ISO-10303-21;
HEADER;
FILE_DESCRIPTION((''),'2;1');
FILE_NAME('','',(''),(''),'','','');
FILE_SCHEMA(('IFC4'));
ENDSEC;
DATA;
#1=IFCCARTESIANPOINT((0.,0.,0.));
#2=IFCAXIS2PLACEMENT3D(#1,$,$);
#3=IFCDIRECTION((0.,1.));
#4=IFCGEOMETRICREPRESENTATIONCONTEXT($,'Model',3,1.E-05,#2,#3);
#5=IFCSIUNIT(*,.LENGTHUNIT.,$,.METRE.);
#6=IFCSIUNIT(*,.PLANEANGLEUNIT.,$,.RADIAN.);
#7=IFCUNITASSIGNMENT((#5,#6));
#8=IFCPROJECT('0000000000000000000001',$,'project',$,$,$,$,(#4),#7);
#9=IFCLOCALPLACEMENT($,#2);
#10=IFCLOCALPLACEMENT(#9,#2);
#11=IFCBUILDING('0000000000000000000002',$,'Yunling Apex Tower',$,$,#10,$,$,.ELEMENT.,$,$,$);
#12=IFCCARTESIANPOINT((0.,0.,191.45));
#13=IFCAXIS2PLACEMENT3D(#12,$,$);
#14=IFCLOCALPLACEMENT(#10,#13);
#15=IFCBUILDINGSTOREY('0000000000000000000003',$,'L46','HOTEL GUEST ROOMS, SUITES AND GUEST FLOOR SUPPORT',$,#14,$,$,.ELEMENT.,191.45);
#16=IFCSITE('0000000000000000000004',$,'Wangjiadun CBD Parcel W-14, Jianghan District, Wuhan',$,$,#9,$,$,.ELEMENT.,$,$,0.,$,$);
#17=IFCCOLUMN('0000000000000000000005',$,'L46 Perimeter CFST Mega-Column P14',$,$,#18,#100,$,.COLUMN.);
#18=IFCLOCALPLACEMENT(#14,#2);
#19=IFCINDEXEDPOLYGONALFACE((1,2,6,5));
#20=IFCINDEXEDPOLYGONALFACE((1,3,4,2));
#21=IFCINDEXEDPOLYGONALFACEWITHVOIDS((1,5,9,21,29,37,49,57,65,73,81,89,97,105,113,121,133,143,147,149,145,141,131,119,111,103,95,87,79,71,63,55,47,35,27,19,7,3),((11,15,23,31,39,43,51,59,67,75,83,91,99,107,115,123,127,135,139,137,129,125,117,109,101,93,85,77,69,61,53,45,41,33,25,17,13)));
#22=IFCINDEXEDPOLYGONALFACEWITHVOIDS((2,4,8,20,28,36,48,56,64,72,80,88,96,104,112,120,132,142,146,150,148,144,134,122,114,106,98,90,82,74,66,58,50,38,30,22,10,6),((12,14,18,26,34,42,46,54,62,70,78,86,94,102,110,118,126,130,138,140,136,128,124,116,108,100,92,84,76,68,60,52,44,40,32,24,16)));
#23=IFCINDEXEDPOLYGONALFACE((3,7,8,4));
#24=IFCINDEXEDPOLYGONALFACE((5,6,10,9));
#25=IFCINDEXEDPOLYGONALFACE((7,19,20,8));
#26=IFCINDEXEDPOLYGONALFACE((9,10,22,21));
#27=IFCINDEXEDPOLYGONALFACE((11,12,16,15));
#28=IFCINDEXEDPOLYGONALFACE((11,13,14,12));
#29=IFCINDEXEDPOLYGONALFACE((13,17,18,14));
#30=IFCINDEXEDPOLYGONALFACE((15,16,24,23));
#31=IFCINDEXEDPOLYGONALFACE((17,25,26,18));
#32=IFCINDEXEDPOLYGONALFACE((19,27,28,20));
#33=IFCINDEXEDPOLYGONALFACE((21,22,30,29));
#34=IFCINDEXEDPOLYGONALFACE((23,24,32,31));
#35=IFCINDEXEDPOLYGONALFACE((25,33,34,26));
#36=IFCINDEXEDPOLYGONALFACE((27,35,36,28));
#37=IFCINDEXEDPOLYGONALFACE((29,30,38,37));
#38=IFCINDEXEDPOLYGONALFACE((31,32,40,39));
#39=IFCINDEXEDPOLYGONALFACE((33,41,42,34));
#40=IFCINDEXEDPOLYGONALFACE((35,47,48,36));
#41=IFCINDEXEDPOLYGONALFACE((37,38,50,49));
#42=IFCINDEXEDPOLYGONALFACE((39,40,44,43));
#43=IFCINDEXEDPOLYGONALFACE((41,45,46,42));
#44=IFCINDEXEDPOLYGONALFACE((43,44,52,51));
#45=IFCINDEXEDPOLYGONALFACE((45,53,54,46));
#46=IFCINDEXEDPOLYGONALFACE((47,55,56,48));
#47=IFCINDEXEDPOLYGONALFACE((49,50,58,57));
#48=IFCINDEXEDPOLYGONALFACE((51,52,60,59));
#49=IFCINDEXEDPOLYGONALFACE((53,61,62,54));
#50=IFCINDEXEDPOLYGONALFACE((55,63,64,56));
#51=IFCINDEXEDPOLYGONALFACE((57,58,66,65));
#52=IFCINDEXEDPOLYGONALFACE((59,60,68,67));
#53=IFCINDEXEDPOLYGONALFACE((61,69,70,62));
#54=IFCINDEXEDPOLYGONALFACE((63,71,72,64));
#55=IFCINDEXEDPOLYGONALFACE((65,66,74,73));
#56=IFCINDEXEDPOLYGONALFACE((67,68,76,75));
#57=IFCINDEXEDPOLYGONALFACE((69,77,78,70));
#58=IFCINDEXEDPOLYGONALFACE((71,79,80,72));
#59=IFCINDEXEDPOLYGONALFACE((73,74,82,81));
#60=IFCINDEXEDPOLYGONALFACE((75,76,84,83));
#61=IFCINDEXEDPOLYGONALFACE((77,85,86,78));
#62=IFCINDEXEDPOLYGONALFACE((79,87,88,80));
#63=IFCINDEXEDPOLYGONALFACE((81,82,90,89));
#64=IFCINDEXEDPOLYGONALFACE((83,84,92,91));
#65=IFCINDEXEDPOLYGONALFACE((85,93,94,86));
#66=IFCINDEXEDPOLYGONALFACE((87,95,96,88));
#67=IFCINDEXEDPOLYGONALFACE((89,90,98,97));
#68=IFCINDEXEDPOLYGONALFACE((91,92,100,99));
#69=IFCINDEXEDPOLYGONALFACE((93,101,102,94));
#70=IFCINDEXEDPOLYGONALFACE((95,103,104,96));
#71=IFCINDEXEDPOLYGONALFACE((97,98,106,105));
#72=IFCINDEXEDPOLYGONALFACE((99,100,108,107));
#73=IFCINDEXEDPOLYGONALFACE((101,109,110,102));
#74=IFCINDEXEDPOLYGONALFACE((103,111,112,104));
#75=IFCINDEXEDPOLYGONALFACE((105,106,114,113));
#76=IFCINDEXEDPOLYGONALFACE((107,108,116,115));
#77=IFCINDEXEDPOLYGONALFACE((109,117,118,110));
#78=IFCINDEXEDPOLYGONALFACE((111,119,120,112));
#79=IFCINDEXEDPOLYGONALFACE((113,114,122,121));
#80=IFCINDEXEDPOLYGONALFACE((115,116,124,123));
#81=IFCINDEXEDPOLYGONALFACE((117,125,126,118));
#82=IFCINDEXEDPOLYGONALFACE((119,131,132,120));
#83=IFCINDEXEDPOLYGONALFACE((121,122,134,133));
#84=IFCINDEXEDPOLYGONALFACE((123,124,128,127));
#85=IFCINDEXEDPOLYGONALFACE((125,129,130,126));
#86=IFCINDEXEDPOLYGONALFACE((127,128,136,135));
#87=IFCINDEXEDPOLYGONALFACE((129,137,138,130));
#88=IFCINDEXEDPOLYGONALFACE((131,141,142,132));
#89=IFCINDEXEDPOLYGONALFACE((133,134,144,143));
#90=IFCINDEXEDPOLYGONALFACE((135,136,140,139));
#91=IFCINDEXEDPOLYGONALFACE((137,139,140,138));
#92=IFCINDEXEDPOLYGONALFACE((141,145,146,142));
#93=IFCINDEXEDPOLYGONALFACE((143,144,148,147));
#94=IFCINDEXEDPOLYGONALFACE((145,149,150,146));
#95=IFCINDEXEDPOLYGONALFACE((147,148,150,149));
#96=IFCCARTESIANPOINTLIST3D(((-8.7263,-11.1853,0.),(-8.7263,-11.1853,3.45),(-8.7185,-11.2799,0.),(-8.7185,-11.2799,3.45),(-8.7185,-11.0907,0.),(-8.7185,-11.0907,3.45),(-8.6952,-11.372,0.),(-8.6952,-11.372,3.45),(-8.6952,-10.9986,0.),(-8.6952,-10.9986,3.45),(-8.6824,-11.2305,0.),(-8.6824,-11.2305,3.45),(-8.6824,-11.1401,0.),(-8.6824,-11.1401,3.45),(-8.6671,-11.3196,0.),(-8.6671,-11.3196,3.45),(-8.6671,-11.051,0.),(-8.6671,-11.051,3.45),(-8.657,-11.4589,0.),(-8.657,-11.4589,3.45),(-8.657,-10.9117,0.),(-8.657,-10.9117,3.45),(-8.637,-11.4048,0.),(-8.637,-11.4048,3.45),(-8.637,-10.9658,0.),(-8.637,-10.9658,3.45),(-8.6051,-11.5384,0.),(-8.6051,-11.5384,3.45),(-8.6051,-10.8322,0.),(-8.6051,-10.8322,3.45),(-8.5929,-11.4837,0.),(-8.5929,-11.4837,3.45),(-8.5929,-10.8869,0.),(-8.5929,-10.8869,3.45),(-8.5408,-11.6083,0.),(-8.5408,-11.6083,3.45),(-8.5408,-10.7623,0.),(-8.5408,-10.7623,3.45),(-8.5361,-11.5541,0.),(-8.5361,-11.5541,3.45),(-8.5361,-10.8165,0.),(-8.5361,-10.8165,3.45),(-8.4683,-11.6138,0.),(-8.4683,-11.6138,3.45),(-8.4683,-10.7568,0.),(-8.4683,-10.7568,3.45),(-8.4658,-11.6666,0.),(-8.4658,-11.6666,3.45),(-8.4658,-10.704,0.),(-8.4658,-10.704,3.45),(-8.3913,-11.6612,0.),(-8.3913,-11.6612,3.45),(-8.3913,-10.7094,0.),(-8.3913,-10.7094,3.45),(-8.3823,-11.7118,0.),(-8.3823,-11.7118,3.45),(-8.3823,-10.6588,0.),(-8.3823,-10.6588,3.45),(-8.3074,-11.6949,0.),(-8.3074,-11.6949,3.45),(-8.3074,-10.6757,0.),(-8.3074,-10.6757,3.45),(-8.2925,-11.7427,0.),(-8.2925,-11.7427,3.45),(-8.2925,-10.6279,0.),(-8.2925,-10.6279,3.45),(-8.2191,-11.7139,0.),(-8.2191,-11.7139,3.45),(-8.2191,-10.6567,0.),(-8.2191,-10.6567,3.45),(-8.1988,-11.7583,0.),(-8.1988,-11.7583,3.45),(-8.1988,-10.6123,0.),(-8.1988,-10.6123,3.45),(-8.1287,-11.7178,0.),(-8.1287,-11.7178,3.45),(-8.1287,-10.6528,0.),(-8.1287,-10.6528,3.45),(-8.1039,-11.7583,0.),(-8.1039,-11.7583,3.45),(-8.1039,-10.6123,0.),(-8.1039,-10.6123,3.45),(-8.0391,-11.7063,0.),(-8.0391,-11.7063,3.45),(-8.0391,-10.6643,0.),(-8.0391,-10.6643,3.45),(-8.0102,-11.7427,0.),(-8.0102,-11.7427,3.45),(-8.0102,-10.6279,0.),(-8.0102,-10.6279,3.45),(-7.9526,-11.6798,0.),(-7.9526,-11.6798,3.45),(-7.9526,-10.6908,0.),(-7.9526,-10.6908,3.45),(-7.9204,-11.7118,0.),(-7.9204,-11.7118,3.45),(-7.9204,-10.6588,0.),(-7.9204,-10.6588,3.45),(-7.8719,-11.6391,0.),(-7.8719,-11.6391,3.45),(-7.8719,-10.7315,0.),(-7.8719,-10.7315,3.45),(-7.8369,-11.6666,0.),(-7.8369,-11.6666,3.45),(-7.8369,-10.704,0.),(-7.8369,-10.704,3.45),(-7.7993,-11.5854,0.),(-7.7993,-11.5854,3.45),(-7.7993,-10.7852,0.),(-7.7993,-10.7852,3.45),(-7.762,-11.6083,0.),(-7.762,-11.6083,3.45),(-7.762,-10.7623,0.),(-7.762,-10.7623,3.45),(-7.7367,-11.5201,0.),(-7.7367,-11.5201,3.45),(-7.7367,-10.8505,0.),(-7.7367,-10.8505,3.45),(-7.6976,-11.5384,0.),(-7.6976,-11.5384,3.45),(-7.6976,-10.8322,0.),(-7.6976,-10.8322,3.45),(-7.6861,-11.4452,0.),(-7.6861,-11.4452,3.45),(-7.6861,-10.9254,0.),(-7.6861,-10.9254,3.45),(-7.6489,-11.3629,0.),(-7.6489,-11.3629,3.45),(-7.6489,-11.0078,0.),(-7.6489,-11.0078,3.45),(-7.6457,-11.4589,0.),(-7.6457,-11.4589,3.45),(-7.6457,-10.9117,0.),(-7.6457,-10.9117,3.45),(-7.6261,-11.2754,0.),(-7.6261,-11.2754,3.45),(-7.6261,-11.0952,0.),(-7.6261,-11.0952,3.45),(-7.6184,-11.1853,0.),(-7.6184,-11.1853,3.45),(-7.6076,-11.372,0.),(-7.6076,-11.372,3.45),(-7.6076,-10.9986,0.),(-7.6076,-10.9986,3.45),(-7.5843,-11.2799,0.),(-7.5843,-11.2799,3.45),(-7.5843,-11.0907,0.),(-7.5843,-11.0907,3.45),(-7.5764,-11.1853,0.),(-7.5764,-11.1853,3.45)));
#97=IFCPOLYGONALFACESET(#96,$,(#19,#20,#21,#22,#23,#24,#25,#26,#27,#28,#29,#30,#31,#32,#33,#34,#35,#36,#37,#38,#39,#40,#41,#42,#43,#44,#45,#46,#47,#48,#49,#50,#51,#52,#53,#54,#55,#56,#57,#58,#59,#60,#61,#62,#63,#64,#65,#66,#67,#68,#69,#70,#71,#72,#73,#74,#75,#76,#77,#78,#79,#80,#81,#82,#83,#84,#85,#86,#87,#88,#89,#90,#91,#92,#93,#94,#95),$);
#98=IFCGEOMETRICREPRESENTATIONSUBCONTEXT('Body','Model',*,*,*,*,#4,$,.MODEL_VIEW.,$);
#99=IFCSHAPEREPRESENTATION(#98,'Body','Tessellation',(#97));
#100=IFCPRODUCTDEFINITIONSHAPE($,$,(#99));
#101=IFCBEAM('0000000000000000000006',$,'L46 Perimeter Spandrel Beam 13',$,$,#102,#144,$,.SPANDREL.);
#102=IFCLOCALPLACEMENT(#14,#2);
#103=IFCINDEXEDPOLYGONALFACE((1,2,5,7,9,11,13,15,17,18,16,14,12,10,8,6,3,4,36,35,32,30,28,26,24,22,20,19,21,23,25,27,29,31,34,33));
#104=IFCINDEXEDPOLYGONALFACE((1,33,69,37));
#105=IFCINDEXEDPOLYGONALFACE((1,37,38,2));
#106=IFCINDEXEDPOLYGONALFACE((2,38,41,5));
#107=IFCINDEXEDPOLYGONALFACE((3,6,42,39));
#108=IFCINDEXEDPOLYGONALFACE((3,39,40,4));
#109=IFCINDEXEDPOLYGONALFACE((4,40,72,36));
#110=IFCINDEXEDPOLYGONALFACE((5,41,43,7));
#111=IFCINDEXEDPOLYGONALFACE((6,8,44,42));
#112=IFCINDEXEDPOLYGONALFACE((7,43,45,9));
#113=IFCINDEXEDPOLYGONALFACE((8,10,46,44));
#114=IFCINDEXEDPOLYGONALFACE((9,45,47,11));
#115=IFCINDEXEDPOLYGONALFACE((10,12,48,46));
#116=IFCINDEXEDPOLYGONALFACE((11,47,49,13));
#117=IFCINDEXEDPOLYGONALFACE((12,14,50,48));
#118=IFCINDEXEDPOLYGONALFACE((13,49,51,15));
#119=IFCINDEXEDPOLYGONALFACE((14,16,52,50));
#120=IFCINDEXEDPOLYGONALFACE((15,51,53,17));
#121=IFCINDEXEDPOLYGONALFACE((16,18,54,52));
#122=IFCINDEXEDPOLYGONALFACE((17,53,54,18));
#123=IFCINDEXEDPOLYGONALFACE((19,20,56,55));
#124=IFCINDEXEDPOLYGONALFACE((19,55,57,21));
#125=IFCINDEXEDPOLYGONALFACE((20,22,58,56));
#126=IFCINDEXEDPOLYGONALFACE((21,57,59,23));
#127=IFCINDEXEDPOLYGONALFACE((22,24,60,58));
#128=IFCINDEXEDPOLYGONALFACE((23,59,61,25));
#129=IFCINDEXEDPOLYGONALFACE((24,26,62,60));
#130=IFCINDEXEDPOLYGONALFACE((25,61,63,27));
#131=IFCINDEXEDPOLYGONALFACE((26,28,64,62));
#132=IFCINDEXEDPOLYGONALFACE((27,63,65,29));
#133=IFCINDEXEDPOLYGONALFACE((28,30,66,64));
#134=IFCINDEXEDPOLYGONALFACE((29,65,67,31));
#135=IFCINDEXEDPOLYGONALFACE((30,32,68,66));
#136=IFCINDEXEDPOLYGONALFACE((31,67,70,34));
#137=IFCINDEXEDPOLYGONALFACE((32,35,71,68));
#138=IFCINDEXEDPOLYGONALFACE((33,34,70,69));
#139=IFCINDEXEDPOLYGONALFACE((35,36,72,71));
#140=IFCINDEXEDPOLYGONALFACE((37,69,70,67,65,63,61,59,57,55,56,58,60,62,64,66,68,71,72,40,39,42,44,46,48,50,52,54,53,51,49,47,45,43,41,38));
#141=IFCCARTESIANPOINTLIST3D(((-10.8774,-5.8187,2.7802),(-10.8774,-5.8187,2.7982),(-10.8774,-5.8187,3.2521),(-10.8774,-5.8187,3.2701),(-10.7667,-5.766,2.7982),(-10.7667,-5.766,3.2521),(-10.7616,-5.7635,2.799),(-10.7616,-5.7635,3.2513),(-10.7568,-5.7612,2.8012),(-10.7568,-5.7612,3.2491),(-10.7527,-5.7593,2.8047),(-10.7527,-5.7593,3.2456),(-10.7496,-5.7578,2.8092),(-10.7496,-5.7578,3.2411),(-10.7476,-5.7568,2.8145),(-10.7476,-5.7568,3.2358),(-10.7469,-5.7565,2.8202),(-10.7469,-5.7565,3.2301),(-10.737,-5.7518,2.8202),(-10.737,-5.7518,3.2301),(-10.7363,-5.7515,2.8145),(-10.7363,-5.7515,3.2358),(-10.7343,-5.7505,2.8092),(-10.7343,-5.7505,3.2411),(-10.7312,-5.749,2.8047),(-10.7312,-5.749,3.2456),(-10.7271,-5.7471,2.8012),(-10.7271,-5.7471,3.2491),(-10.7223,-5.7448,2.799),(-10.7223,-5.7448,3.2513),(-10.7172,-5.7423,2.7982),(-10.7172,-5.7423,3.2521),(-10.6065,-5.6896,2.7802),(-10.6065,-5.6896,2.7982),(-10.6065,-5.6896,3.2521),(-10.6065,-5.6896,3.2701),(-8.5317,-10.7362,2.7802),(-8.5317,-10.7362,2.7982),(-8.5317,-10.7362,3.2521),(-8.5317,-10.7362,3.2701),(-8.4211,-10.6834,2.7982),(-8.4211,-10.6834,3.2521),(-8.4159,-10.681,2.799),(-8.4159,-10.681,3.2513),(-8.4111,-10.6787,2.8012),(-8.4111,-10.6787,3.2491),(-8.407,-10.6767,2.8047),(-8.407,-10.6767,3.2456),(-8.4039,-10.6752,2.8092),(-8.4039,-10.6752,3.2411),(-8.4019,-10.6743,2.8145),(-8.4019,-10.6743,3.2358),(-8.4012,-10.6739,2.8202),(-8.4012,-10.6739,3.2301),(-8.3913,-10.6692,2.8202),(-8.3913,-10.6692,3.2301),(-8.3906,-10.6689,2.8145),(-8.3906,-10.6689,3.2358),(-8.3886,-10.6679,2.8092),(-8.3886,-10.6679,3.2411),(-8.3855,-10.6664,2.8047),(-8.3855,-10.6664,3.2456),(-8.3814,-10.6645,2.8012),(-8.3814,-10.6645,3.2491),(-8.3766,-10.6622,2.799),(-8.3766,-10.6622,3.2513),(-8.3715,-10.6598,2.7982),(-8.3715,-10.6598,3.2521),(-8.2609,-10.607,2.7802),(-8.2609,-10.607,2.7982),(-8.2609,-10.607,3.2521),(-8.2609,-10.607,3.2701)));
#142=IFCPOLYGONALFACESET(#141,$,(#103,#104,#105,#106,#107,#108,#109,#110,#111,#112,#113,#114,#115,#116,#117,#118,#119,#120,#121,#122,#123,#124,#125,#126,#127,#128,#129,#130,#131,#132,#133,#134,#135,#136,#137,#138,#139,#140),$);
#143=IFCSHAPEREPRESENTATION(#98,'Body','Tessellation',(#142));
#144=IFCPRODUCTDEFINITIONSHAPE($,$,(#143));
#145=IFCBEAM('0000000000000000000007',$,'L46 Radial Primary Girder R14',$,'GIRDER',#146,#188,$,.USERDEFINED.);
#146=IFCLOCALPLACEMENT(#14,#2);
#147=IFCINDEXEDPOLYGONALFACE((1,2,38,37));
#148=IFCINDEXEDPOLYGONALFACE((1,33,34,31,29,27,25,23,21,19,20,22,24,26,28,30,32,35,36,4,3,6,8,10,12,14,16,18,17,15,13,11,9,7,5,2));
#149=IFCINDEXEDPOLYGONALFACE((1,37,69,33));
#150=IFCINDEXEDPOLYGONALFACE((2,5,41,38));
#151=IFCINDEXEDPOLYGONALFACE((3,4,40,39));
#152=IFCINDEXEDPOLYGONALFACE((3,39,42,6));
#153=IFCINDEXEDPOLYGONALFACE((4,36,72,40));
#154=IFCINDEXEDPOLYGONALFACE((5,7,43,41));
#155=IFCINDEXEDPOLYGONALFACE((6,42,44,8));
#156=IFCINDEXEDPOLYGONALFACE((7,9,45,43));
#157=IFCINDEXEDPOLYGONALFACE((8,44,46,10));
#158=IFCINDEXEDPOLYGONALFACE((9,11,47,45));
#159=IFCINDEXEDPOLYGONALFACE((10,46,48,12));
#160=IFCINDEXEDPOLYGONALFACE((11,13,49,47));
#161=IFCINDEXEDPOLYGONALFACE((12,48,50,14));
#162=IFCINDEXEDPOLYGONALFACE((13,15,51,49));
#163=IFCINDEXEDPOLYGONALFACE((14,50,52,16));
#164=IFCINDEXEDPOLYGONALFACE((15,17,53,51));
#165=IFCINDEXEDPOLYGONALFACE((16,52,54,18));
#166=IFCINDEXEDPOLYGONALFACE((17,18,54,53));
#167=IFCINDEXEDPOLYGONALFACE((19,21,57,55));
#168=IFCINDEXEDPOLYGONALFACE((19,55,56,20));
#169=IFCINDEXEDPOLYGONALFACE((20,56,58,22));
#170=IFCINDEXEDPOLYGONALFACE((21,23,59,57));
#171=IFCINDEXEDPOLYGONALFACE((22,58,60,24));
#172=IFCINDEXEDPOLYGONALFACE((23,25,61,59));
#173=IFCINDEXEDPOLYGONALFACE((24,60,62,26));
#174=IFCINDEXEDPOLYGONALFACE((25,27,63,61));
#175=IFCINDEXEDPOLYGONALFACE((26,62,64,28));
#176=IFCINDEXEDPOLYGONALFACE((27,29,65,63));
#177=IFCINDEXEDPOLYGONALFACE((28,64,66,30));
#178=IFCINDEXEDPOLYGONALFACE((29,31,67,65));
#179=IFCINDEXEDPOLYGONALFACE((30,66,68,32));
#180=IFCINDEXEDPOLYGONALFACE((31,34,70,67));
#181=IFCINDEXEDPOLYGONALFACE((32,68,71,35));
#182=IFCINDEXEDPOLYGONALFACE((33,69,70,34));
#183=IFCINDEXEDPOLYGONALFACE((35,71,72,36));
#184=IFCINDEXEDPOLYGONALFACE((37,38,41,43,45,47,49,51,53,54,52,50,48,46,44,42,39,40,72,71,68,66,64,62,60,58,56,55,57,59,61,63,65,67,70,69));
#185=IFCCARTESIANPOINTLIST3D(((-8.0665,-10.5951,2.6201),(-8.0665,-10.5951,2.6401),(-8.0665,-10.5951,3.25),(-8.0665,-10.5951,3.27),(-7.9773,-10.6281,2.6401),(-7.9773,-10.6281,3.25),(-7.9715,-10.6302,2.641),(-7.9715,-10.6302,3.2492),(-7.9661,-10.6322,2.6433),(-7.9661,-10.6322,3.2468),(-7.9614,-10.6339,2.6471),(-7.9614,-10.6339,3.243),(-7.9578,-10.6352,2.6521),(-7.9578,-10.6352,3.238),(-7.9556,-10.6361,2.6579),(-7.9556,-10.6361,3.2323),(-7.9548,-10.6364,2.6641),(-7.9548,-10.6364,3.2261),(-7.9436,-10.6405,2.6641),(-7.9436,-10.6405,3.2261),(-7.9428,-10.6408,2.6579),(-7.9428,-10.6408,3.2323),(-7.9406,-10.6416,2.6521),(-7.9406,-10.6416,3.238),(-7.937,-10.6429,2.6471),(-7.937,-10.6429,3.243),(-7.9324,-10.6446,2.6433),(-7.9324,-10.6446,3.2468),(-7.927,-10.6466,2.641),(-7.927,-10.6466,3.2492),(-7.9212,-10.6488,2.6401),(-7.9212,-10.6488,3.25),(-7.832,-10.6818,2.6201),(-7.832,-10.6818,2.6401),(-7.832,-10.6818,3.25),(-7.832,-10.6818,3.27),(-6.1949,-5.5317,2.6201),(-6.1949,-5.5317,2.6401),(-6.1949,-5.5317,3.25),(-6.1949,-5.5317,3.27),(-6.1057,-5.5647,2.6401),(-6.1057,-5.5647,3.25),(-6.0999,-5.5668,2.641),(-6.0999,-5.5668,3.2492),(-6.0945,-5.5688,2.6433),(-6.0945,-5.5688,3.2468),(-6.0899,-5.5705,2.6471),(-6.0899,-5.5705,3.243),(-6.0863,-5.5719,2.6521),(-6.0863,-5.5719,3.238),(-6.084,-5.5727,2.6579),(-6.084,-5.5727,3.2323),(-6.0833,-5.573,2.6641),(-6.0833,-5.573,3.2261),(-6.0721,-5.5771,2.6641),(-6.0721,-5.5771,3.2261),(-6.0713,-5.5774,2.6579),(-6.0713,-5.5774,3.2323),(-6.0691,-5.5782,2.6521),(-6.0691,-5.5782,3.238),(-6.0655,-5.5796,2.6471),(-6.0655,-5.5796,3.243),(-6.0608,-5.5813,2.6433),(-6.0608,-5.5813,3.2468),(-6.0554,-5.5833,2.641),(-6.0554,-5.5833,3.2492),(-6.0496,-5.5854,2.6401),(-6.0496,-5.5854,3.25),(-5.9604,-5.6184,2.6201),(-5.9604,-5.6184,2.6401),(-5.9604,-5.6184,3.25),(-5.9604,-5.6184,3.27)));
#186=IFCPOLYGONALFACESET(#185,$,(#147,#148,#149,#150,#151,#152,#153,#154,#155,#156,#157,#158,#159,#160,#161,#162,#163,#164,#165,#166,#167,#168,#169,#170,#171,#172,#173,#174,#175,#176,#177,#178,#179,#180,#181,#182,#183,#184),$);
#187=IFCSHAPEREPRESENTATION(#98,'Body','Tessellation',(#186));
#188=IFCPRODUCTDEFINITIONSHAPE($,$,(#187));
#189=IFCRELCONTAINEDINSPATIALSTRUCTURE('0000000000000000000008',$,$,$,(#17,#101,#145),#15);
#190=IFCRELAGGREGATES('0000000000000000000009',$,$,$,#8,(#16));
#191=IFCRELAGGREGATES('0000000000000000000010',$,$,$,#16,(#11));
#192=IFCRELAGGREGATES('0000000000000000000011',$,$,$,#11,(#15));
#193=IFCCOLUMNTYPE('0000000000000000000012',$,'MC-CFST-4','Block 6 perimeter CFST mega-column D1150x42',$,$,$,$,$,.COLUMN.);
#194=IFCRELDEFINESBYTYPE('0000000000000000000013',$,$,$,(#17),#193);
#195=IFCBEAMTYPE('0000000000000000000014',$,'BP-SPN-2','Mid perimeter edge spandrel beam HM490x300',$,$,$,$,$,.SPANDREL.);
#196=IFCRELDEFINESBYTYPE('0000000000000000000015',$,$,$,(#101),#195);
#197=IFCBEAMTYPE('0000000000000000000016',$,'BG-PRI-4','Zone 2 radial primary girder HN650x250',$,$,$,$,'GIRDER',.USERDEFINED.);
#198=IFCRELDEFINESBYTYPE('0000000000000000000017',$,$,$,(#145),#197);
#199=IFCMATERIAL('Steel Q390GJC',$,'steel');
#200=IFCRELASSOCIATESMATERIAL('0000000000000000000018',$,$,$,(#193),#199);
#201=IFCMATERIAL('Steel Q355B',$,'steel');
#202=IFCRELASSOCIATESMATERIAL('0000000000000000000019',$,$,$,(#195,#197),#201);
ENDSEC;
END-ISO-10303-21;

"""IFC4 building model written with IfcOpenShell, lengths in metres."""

from ifc_helpers import new_model, si_unit, direction, frame, origin, origin_2d, place, context, subcontext, project, spatial, hollow_circle, i_section, extrude, source, transform, mapped, material, material_profile, profile_set, type_object, element, save


model = new_model("IFC4")

# Units and contexts
model_context = context("Model", 3, precision=1e-05, world=origin(), true_north=direction((0.0, 1.0)))
body_context = subcontext(model_context, "Body", "Model", "MODEL_VIEW")
ifc_project = project(units=[si_unit("LENGTHUNIT", "METRE"), si_unit("PLANEANGLEUNIT", "RADIAN")], contexts=[model_context])

# Site, building, storey
site_placement = place(None, origin())
site = spatial("IfcSite", under=ifc_project, at=site_placement, Name="Wangjiadun CBD Parcel W-14, Jianghan District, Wuhan", CompositionType="ELEMENT", RefElevation=0.0)
building_placement = place(site_placement, origin())
building = spatial("IfcBuilding", under=site, at=building_placement, Name="Yunling Apex Tower", CompositionType="ELEMENT")
storey_placement = place(building_placement, frame((0.0, 0.0, 191.45)))
storey = spatial("IfcBuildingStorey", under=building, at=storey_placement, Name="L46", Description="HOTEL GUEST ROOMS, SUITES AND GUEST FLOOR SUPPORT", CompositionType="ELEMENT", Elevation=191.45)

# Column
ifc_material_1 = material(Name="Steel Q390GJC", Category="steel")
ifc_material_profile_1 = material_profile(ifc_material_1, hollow_circle(Radius=0.575, WallThickness=0.042, at=origin_2d()))
ifc_profile_set_1 = profile_set([ifc_material_profile_1], Name="Steel Q390GJC")
column_type = type_object("IfcColumnType", Name="MC-CFST-4", Description="Block 6 perimeter CFST mega-column D1150x42", PredefinedType="COLUMN", material=ifc_profile_set_1)
shared_shape_1 = source(origin(), body_context, "Body", "SweptSolid", [
    extrude(hollow_circle(Radius=0.575, WallThickness=0.042, at=origin_2d()), origin(), (0.0, 0.0, 1.0), 3.45),
])
column_placement = place(storey_placement, frame((-8.1514, -11.1853, 0.0), z_axis=(0.0, 0.0, 1.0), x_axis=(1.0, 0.0, 0.0)))
element("IfcColumn", 1, at=column_placement, inside=storey, type_object=column_type, Name="L46 Perimeter CFST Mega-Column P14", PredefinedType="COLUMN", context=body_context, shape_type="MappedRepresentation", body=[
    mapped(shared_shape_1, transform((0.0, 0.0, 0.0), scale=1.0)),
])

# Beams
ifc_material_2 = material(Name="Steel Q355B", Category="steel")
ifc_material_profile_2 = material_profile(ifc_material_2, i_section(OverallWidth=0.3, OverallDepth=0.49, WebThickness=0.011, FlangeThickness=0.0181, FilletRadius=0.022, at=origin_2d()))
ifc_profile_set_2 = profile_set([ifc_material_profile_2], Name="Steel Q355B")
beam_type_1 = type_object("IfcBeamType", Name="BP-SPN-2", Description="Mid perimeter edge spandrel beam HM490x300", PredefinedType="SPANDREL", material=ifc_profile_set_2)
shared_shape_2 = source(origin(), body_context, "Body", "SweptSolid", [
    extrude(i_section(OverallWidth=0.3, OverallDepth=0.49, WebThickness=0.011, FlangeThickness=0.0181, FilletRadius=0.022, at=origin_2d()), origin(), (0.0, 0.0, 1.0), 5.4482),
])
beam_1_placement = place(storey_placement, frame((-10.7419, -5.7542, 3.0251), z_axis=(0.430539, -0.902572, 0.0), x_axis=(0.902572, 0.430539, 0.0)))
element("IfcBeam", 2, at=beam_1_placement, inside=storey, type_object=beam_type_1, Name="L46 Perimeter Spandrel Beam 13", PredefinedType="SPANDREL", context=body_context, shape_type="MappedRepresentation", body=[
    mapped(shared_shape_2, transform((0.0, 0.0, 0.0), scale=1.0)),
])
ifc_material_profile_3 = material_profile(ifc_material_2, i_section(OverallWidth=0.25, OverallDepth=0.6499, WebThickness=0.012, FlangeThickness=0.02, FilletRadius=0.0239, at=origin_2d()))
ifc_profile_set_3 = profile_set([ifc_material_profile_3], Name="Steel Q355B")
beam_type_2 = type_object("IfcBeamType", Name="BG-PRI-4", Description="Zone 2 radial primary girder HN650x250", ElementType="GIRDER", PredefinedType="USERDEFINED", material=ifc_profile_set_3)
shared_shape_3 = source(origin(), body_context, "Body", "SweptSolid", [
    extrude(i_section(OverallWidth=0.25, OverallDepth=0.6499, WebThickness=0.012, FlangeThickness=0.02, FilletRadius=0.0239, at=origin_2d()), origin(), (0.0, 0.0, 1.0), 5.3982),
])
beam_2_placement = place(storey_placement, frame((-7.9492, -10.6384, 2.9451), z_axis=(0.346699, 0.937977, 0.0), x_axis=(-0.937977, 0.346699, 0.0)))
element("IfcBeam", 3, at=beam_2_placement, inside=storey, type_object=beam_type_2, Name="L46 Radial Primary Girder R14", ObjectType="GIRDER", PredefinedType="USERDEFINED", context=body_context, shape_type="MappedRepresentation", body=[
    mapped(shared_shape_3, transform((0.0, 0.0, 0.0), scale=1.0)),
])

save(model, "model.ifc")
